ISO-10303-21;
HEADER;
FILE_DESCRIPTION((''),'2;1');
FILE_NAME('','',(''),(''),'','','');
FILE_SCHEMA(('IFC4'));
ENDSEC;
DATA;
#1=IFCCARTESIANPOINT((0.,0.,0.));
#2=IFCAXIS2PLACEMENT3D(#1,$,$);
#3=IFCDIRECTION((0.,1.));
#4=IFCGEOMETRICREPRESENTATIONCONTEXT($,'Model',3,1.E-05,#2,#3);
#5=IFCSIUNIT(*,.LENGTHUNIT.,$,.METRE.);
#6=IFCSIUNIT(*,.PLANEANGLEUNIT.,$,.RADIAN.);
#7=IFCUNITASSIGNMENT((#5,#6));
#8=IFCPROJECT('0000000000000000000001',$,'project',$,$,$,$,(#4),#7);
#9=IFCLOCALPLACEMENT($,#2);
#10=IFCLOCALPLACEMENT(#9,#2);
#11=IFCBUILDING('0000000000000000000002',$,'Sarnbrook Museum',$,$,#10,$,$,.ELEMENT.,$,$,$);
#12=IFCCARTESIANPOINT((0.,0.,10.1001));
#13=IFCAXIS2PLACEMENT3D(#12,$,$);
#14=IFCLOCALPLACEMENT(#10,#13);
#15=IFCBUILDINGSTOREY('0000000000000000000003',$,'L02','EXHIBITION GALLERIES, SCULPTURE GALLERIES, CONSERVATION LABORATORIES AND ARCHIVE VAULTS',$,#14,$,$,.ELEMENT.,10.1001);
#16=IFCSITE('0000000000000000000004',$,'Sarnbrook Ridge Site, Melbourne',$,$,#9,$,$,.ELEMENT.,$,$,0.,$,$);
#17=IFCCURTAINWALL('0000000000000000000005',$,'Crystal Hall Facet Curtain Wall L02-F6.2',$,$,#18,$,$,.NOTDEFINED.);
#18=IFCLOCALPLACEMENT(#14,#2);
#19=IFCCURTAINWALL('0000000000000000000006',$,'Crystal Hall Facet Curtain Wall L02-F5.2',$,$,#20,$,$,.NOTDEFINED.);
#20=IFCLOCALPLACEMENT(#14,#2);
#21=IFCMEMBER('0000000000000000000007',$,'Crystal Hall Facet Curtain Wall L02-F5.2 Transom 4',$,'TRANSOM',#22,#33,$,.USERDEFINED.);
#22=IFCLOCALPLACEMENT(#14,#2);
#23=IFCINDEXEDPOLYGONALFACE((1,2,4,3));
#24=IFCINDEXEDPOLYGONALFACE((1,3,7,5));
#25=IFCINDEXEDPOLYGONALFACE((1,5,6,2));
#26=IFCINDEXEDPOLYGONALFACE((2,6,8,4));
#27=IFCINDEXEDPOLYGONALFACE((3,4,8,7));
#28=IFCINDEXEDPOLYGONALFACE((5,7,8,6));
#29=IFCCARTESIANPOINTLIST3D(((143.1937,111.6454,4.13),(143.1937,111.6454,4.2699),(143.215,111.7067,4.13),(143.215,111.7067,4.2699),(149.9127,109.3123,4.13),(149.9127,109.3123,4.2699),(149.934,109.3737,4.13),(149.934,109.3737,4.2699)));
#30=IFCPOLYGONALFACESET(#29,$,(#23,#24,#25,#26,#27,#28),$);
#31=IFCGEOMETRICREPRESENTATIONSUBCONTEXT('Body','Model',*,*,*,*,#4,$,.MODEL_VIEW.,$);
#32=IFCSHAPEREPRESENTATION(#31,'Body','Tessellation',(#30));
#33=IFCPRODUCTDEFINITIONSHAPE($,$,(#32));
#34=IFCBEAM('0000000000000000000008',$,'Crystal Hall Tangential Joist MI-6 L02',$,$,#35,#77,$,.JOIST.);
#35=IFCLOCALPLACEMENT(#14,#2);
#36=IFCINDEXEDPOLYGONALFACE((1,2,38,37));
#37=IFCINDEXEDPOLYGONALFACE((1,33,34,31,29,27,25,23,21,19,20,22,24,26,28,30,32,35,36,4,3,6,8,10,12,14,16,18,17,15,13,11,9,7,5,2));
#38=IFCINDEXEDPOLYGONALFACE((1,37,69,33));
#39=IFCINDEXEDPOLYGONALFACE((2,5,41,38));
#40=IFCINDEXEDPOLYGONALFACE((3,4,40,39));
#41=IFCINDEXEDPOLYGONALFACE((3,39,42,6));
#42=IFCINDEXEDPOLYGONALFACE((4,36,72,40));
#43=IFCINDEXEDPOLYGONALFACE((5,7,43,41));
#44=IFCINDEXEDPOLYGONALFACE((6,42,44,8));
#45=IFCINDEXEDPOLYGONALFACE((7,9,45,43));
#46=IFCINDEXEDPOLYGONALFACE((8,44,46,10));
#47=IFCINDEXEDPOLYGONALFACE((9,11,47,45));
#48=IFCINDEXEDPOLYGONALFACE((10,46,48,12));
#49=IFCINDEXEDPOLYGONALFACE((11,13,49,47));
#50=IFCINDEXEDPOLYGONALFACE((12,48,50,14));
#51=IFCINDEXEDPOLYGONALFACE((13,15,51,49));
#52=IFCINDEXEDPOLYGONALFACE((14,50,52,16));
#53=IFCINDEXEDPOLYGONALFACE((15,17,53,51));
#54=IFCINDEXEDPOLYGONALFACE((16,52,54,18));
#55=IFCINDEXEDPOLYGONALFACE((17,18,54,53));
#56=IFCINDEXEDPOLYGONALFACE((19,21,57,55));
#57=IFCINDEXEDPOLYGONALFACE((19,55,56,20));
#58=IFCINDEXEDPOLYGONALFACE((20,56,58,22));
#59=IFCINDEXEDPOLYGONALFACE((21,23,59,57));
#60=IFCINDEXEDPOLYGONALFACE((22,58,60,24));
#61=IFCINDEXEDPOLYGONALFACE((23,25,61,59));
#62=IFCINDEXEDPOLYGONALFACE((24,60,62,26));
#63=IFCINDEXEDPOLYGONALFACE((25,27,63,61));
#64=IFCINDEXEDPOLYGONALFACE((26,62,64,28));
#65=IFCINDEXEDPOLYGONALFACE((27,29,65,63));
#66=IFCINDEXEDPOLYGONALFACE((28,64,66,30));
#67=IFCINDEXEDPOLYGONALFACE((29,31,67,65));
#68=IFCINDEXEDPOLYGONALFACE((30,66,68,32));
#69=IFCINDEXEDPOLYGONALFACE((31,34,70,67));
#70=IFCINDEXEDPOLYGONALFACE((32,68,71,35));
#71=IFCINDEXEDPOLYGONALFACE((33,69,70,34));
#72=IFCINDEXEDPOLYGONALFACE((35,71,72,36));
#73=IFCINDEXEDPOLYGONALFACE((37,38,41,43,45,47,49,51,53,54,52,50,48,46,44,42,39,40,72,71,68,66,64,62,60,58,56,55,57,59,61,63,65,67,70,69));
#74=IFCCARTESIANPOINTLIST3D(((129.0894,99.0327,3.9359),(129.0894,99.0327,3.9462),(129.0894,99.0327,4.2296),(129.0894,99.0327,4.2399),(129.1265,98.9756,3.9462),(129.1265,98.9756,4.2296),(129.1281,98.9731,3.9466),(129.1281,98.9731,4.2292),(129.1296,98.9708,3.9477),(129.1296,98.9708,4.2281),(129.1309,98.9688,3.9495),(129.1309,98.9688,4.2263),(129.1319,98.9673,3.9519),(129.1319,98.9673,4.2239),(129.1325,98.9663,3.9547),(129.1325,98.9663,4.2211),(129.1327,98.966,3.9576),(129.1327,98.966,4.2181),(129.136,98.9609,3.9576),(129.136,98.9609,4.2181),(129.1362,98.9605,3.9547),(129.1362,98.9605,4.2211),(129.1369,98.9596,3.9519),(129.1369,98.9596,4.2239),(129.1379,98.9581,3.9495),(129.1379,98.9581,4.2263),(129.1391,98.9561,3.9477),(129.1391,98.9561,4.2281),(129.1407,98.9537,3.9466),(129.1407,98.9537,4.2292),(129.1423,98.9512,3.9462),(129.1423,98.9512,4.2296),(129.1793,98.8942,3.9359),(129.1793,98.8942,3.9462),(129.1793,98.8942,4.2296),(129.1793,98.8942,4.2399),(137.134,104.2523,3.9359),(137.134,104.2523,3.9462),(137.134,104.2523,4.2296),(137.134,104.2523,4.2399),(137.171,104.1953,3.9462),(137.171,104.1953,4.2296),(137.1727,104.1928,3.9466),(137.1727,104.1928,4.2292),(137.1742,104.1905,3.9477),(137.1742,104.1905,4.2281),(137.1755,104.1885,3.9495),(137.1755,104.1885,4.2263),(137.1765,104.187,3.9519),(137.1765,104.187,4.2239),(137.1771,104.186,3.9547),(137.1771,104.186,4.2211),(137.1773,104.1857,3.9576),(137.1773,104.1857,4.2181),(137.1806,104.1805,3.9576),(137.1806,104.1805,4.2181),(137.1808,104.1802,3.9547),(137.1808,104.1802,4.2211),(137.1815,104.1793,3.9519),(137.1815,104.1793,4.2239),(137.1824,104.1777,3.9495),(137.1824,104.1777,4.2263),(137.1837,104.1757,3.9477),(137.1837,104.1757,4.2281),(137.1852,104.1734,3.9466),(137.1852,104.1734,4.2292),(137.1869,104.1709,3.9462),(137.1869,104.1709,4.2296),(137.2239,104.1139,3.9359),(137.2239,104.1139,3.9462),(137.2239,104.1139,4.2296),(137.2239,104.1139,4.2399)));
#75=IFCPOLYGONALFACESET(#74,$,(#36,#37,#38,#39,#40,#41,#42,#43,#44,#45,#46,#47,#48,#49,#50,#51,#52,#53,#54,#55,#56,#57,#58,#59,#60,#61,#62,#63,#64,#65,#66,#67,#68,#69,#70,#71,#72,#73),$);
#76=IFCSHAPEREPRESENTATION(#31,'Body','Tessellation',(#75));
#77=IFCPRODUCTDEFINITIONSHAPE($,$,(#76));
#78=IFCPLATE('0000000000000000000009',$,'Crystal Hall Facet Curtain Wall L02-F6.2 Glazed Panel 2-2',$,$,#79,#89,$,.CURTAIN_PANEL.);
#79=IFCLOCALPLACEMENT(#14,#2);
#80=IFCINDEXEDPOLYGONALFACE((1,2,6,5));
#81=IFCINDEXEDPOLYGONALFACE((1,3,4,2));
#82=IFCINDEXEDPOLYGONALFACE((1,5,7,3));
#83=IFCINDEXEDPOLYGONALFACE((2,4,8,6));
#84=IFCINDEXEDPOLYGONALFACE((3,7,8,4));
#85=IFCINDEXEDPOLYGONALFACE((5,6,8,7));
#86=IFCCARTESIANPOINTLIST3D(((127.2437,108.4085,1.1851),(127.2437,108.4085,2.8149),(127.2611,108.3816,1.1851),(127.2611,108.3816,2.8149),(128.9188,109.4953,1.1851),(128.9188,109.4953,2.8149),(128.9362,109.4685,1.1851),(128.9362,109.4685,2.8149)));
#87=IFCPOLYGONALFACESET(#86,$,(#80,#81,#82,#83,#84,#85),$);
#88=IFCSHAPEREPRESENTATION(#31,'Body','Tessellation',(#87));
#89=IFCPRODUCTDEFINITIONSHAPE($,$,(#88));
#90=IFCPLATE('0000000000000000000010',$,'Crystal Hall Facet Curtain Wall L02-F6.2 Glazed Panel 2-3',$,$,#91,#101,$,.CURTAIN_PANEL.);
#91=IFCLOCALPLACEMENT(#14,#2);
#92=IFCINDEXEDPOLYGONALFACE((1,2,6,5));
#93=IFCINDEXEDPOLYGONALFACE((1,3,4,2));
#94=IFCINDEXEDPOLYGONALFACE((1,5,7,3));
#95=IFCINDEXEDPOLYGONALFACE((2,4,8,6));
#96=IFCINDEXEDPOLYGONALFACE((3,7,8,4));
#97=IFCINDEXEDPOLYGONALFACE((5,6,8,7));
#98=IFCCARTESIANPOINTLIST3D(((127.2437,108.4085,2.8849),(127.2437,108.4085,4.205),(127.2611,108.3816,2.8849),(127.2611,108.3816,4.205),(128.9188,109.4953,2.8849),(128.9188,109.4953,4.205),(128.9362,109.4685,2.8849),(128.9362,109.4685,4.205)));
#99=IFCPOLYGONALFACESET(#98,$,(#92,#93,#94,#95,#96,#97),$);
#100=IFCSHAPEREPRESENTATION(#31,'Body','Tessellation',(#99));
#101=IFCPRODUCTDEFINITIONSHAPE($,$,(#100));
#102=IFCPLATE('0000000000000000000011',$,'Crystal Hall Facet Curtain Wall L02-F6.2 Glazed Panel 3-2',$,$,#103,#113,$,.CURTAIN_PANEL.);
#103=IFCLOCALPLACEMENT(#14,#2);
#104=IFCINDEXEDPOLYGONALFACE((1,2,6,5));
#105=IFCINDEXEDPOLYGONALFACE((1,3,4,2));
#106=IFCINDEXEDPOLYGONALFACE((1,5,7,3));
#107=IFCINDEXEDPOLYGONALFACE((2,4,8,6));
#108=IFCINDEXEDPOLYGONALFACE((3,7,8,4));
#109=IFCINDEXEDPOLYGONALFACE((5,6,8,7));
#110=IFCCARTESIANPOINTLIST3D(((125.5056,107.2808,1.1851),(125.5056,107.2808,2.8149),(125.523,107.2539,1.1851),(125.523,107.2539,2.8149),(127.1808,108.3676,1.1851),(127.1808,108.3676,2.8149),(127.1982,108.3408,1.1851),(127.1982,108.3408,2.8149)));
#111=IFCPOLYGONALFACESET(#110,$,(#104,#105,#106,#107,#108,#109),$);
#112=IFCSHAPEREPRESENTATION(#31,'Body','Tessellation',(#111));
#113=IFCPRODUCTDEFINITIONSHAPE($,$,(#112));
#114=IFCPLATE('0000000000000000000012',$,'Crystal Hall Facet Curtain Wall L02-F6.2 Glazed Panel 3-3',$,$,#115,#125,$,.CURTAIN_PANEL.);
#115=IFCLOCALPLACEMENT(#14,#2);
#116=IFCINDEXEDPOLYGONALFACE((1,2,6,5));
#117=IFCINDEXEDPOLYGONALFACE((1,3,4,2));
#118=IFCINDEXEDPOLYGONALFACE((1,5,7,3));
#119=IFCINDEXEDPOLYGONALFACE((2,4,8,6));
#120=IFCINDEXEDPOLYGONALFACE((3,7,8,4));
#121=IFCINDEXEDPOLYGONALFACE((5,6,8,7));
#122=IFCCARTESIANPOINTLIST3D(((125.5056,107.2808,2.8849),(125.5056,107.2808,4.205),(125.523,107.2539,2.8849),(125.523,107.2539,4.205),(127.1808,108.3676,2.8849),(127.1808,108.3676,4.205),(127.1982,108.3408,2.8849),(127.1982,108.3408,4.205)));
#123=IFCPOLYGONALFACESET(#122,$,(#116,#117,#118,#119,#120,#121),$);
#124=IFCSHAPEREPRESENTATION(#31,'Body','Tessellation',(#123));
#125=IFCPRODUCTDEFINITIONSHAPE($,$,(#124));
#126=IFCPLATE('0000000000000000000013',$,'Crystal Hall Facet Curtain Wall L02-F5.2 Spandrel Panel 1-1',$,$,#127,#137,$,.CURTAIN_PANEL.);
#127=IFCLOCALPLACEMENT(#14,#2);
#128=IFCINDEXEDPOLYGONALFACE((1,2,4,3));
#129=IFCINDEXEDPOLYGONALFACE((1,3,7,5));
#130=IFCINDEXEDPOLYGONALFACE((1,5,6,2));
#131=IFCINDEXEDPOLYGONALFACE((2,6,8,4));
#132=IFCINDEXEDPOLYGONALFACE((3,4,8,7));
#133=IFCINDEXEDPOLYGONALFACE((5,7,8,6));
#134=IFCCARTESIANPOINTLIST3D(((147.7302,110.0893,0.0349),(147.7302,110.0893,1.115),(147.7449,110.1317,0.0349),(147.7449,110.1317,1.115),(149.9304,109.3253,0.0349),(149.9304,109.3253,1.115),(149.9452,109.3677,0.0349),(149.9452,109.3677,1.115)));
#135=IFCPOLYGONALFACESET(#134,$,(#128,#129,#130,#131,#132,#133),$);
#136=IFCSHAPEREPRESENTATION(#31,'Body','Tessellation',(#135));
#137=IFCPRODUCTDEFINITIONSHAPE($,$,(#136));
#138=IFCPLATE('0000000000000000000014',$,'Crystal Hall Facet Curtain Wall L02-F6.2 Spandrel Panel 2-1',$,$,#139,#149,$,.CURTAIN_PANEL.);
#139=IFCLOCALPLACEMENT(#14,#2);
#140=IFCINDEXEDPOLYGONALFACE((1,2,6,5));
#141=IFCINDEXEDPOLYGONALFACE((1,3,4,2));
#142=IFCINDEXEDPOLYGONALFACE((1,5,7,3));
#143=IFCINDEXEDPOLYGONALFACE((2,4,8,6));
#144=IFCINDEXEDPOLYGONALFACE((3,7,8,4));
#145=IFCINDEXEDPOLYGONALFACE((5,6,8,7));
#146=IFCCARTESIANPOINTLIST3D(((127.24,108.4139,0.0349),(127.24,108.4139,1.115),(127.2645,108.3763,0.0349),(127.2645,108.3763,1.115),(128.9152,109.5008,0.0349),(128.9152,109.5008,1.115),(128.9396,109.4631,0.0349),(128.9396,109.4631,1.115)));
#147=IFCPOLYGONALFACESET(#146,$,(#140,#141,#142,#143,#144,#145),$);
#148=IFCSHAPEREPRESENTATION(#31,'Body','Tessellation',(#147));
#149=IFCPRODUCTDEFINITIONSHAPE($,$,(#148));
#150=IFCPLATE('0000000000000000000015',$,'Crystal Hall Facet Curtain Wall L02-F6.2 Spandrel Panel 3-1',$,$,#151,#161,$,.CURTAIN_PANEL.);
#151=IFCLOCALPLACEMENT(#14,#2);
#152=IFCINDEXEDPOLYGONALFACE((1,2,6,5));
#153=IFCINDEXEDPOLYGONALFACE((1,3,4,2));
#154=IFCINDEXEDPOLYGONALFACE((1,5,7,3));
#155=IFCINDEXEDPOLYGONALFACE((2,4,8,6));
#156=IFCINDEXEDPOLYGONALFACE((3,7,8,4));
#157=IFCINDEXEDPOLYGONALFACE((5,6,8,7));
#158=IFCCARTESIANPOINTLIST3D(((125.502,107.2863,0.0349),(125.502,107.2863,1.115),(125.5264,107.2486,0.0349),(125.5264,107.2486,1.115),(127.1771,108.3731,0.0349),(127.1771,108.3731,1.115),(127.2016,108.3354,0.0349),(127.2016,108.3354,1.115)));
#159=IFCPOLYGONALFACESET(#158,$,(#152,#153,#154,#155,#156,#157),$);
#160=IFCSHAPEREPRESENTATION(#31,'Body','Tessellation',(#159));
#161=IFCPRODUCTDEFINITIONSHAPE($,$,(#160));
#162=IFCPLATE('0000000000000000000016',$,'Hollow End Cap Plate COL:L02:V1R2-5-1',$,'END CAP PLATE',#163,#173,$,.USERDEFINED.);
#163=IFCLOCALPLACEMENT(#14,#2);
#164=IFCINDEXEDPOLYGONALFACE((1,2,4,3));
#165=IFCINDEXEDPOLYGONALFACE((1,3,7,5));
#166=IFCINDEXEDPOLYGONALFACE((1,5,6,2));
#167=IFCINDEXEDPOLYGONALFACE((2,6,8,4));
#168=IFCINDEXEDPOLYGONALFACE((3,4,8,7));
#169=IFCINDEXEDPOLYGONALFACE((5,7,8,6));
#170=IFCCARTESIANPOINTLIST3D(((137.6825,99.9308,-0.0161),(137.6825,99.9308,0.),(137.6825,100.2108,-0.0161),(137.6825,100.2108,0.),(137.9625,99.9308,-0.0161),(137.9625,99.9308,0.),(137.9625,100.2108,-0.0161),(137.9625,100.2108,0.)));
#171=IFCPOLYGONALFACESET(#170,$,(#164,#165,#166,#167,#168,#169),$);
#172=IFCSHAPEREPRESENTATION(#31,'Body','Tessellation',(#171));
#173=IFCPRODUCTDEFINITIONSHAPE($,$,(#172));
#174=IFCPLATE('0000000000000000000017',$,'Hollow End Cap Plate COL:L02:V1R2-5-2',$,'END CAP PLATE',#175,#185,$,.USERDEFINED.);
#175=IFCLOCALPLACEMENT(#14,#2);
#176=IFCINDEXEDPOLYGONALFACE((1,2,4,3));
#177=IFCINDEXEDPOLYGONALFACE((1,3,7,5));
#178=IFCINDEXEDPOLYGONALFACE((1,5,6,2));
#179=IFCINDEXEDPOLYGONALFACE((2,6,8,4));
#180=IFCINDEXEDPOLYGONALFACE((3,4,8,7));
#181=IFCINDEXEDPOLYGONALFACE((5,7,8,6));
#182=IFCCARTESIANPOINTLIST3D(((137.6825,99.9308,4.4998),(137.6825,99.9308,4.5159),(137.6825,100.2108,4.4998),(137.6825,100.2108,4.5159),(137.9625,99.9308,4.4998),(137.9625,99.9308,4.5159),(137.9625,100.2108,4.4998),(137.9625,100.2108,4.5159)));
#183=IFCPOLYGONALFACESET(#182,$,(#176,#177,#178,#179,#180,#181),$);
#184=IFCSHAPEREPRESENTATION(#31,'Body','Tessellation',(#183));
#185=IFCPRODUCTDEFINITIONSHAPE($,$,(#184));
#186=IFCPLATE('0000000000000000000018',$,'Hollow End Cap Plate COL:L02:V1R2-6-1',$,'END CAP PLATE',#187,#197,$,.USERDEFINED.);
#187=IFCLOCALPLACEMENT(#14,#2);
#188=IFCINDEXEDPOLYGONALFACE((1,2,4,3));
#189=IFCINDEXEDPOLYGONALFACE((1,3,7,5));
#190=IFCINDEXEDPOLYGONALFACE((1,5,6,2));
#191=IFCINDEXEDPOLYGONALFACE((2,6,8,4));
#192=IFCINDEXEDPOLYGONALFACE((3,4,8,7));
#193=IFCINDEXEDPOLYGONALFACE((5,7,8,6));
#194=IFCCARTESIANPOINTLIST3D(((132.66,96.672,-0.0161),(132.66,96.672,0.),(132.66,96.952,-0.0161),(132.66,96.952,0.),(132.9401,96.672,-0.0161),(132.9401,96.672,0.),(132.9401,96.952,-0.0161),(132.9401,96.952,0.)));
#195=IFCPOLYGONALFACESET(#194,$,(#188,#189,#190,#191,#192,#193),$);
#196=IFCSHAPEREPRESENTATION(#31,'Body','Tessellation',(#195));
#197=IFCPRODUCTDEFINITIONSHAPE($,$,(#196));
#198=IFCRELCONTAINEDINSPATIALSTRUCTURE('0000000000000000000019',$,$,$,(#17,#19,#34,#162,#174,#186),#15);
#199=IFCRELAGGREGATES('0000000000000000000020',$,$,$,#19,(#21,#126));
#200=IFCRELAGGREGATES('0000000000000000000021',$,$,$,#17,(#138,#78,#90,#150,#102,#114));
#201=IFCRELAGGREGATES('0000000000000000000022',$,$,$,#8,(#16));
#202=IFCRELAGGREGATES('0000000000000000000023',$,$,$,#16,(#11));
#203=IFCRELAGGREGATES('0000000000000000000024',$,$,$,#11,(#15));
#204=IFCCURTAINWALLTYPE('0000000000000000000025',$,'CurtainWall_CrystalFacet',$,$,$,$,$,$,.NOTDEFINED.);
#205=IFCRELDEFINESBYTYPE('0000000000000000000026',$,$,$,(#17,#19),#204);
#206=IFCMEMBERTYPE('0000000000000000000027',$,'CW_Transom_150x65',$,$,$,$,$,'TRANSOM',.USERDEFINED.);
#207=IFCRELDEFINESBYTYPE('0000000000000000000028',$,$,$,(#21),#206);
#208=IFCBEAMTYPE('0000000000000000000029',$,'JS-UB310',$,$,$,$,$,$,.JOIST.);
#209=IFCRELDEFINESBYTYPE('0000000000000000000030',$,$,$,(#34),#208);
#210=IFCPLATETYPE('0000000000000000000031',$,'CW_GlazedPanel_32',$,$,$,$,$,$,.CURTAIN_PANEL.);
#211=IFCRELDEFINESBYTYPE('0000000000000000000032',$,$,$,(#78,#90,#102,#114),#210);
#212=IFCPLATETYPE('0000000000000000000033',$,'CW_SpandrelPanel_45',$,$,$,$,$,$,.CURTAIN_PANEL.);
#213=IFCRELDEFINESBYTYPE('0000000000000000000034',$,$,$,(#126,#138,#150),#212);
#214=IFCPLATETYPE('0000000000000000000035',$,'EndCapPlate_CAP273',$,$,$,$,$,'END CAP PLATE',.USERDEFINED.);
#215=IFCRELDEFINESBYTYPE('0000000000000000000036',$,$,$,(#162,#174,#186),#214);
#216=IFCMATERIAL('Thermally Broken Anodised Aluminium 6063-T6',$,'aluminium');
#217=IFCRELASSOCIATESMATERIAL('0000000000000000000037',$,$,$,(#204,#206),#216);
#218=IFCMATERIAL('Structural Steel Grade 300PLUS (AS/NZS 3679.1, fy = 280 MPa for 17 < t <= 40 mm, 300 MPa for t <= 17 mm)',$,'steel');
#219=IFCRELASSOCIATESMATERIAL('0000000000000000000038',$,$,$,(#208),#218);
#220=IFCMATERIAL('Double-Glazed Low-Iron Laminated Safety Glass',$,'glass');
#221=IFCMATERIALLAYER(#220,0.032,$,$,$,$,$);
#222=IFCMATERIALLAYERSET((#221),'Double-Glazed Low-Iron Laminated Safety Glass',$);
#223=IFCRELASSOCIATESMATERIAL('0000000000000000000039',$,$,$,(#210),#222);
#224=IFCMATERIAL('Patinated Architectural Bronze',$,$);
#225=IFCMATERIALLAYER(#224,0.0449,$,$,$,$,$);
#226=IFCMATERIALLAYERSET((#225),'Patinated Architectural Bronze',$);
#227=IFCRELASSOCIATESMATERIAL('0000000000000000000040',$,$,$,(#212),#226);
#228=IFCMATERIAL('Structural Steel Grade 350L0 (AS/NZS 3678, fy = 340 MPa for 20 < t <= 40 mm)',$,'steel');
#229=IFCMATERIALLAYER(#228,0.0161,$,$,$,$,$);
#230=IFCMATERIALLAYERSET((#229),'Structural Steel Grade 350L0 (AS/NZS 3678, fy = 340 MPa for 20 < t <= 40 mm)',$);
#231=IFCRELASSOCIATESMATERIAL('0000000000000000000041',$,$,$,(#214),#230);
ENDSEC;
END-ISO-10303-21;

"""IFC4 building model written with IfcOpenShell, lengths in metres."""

from ifc_helpers import new_model, si_unit, direction, frame, origin, origin_2d, place, context, subcontext, project, spatial, rectangle, i_section, extrude, material, layer, layer_set, material_profile, profile_set, type_object, element, aggregate, save


model = new_model("IFC4")

# Units and contexts
model_context = context("Model", 3, precision=1e-05, world=origin(), true_north=direction((0.0, 1.0)))
body_context = subcontext(model_context, "Body", "Model", "MODEL_VIEW")
ifc_project = project(units=[si_unit("LENGTHUNIT", "METRE"), si_unit("PLANEANGLEUNIT", "RADIAN")], contexts=[model_context])

# Site, building, storey
site_placement = place(None, origin())
site = spatial("IfcSite", under=ifc_project, at=site_placement, Name="Sarnbrook Ridge Site, Melbourne", CompositionType="ELEMENT", RefElevation=0.0)
building_placement = place(site_placement, origin())
building = spatial("IfcBuilding", under=site, at=building_placement, Name="Sarnbrook Museum", CompositionType="ELEMENT")
storey_placement = place(building_placement, frame((0.0, 0.0, 10.1001)))
storey = spatial("IfcBuildingStorey", under=building, at=storey_placement, Name="L02", Description="EXHIBITION GALLERIES, SCULPTURE GALLERIES, CONSERVATION LABORATORIES AND ARCHIVE VAULTS", CompositionType="ELEMENT", Elevation=10.1001)

# Shared definitions
ifc_material_1 = material(Name="Structural Steel Grade 350L0 (AS/NZS 3678, fy = 340 MPa for 20 < t <= 40 mm)", Category="steel")

# Shared definitions
ifc_material_2 = material(Name="Structural Steel Grade 300PLUS (AS/NZS 3679.1, fy = 280 MPa for 17 < t <= 40 mm, 300 MPa for t <= 17 mm)", Category="steel")

# Curtain walls, member
ifc_material_3 = material(Name="Thermally Broken Anodised Aluminium 6063-T6", Category="aluminium")
curtain_wall_type = type_object("IfcCurtainWallType", Name="CurtainWall_CrystalFacet", PredefinedType="NOTDEFINED", material=ifc_material_3)
curtain_wall_1_placement = place(storey_placement, origin())
curtain_wall_1 = element("IfcCurtainWall", 1, at=curtain_wall_1_placement, inside=storey, type_object=curtain_wall_type, Name="Crystal Hall Facet Curtain Wall L02-F6.2", PredefinedType="NOTDEFINED")
curtain_wall_2_placement = place(storey_placement, origin())
curtain_wall_2 = element("IfcCurtainWall", 2, at=curtain_wall_2_placement, inside=storey, type_object=curtain_wall_type, Name="Crystal Hall Facet Curtain Wall L02-F5.2", PredefinedType="NOTDEFINED")
ifc_material_profile_1 = material_profile(ifc_material_3, rectangle(XDim=0.0649, YDim=0.1399, at=origin_2d()), Name="ALU TRANSOM 65x140")
ifc_profile_set_1 = profile_set([ifc_material_profile_1], Name="Thermally Broken Anodised Aluminium 6063-T6")
member_type_1 = type_object("IfcMemberType", Name="CW_Transom_150x65", ElementType="TRANSOM", PredefinedType="USERDEFINED", material=ifc_profile_set_1)
member_1_placement = place(storey_placement, frame((149.9233, 109.343, 4.2), z_axis=(-0.944673, 0.328015, 0.0), x_axis=(-0.328015, -0.944673, 0.0)))
member_1 = element("IfcMember", 3, at=member_1_placement, type_object=member_type_1, Name="Crystal Hall Facet Curtain Wall L02-F5.2 Transom 4", ObjectType="TRANSOM", PredefinedType="USERDEFINED", context=body_context, shape_type="SweptSolid", body=[
    extrude(rectangle(XDim=0.0649, YDim=0.1399, at=origin_2d()), origin(), (0.0, 0.0, 1.0), 7.1125),
])

# Beam
ifc_material_profile_2 = material_profile(ifc_material_2, i_section(OverallWidth=0.165, OverallDepth=0.304, WebThickness=0.0061, FlangeThickness=0.0103, FilletRadius=0.0115, at=origin_2d()), Name="310UB40.4")
ifc_profile_set_2 = profile_set([ifc_material_profile_2], Name="Structural Steel Grade 300PLUS (AS/NZS 3679.1, fy = 280 MPa for 17 < t <= 40 mm, 300 MPa for t <= 17 mm)")
beam_type_1 = type_object("IfcBeamType", Name="JS-UB310", PredefinedType="JOIST", material=ifc_profile_set_2)
beam_1_placement = place(storey_placement, frame((137.179, 104.1831, 4.0879), z_axis=(-0.838887, -0.544305, 0.0), x_axis=(0.544305, -0.838887, 0.0)))
element("IfcBeam", 4, at=beam_1_placement, inside=storey, type_object=beam_type_1, Name="Crystal Hall Tangential Joist MI-6 L02", PredefinedType="JOIST", context=body_context, shape_type="SweptSolid", body=[
    extrude(i_section(OverallWidth=0.165, OverallDepth=0.304, WebThickness=0.0061, FlangeThickness=0.0103, FilletRadius=0.0115, at=origin_2d()), origin(), (0.0, 0.0, 1.0), 9.5896),
])

# Plates
ifc_material_4 = material(Name="Double-Glazed Low-Iron Laminated Safety Glass", Category="glass")
ifc_layer_1 = layer(ifc_material_4, 0.032)
ifc_layer_set_1 = layer_set([ifc_layer_1], Name="Double-Glazed Low-Iron Laminated Safety Glass")
plate_type_1 = type_object("IfcPlateType", Name="CW_GlazedPanel_32", PredefinedType="CURTAIN_PANEL", material=ifc_layer_set_1)
plate_1_placement = place(storey_placement, frame((128.0986, 108.925, 2.0), z_axis=(-0.544284, 0.838901, 0.0), x_axis=(-0.838901, -0.544284, 0.0)))
plate_1 = element("IfcPlate", 5, at=plate_1_placement, type_object=plate_type_1, Name="Crystal Hall Facet Curtain Wall L02-F6.2 Glazed Panel 2-2", PredefinedType="CURTAIN_PANEL", context=body_context, shape_type="SweptSolid", body=[
    extrude(rectangle(XDim=1.9968, YDim=1.6299, at=origin_2d()), origin(), (0.0, 0.0, 1.0), 0.032),
])
plate_2_placement = place(storey_placement, frame((128.0986, 108.925, 3.5449), z_axis=(-0.544284, 0.838901, 0.0), x_axis=(-0.838901, -0.544284, 0.0)))
plate_2 = element("IfcPlate", 6, at=plate_2_placement, type_object=plate_type_1, Name="Crystal Hall Facet Curtain Wall L02-F6.2 Glazed Panel 2-3", PredefinedType="CURTAIN_PANEL", context=body_context, shape_type="SweptSolid", body=[
    extrude(rectangle(XDim=1.9968, YDim=1.3201, at=origin_2d()), origin(), (0.0, 0.0, 1.0), 0.032),
])
plate_3_placement = place(storey_placement, frame((126.3606, 107.7974, 2.0), z_axis=(-0.544284, 0.838901, 0.0), x_axis=(-0.838901, -0.544284, 0.0)))
plate_3 = element("IfcPlate", 7, at=plate_3_placement, type_object=plate_type_1, Name="Crystal Hall Facet Curtain Wall L02-F6.2 Glazed Panel 3-2", PredefinedType="CURTAIN_PANEL", context=body_context, shape_type="SweptSolid", body=[
    extrude(rectangle(XDim=1.9968, YDim=1.6299, at=origin_2d()), origin(), (0.0, 0.0, 1.0), 0.032),
])
plate_4_placement = place(storey_placement, frame((126.3606, 107.7974, 3.5449), z_axis=(-0.544284, 0.838901, 0.0), x_axis=(-0.838901, -0.544284, 0.0)))
plate_4 = element("IfcPlate", 8, at=plate_4_placement, type_object=plate_type_1, Name="Crystal Hall Facet Curtain Wall L02-F6.2 Glazed Panel 3-3", PredefinedType="CURTAIN_PANEL", context=body_context, shape_type="SweptSolid", body=[
    extrude(rectangle(XDim=1.9968, YDim=1.3201, at=origin_2d()), origin(), (0.0, 0.0, 1.0), 0.032),
])
ifc_material_5 = material(Name="Patinated Architectural Bronze")
ifc_layer_2 = layer(ifc_material_5, 0.0449)
ifc_layer_set_2 = layer_set([ifc_layer_2], Name="Patinated Architectural Bronze")
plate_type_2 = type_object("IfcPlateType", Name="CW_SpandrelPanel_45", PredefinedType="CURTAIN_PANEL", material=ifc_layer_set_2)
plate_5_placement = place(storey_placement, frame((148.8303, 109.7073, 0.575), z_axis=(0.328013, 0.944673, 0.0), x_axis=(-0.944673, 0.328013, 0.0)))
plate_5 = element("IfcPlate", 9, at=plate_5_placement, type_object=plate_type_2, Name="Crystal Hall Facet Curtain Wall L02-F5.2 Spandrel Panel 1-1", PredefinedType="CURTAIN_PANEL", context=body_context, shape_type="SweptSolid", body=[
    extrude(rectangle(XDim=2.3291, YDim=1.0801, at=origin_2d()), origin(), (0.0, 0.0, 1.0), 0.0449),
])
aggregate(curtain_wall_2, [member_1, plate_5])
plate_6_placement = place(storey_placement, frame((128.1021, 108.9197, 0.575), z_axis=(-0.544284, 0.838901, 0.0), x_axis=(-0.838901, -0.544284, 0.0)))
plate_6 = element("IfcPlate", 10, at=plate_6_placement, type_object=plate_type_2, Name="Crystal Hall Facet Curtain Wall L02-F6.2 Spandrel Panel 2-1", PredefinedType="CURTAIN_PANEL", context=body_context, shape_type="SweptSolid", body=[
    extrude(rectangle(XDim=1.9968, YDim=1.0801, at=origin_2d()), origin(), (0.0, 0.0, 1.0), 0.0449),
])
plate_7_placement = place(storey_placement, frame((126.364, 107.792, 0.575), z_axis=(-0.544284, 0.838901, 0.0), x_axis=(-0.838901, -0.544284, 0.0)))
plate_7 = element("IfcPlate", 11, at=plate_7_placement, type_object=plate_type_2, Name="Crystal Hall Facet Curtain Wall L02-F6.2 Spandrel Panel 3-1", PredefinedType="CURTAIN_PANEL", context=body_context, shape_type="SweptSolid", body=[
    extrude(rectangle(XDim=1.9968, YDim=1.0801, at=origin_2d()), origin(), (0.0, 0.0, 1.0), 0.0449),
])
aggregate(curtain_wall_1, [plate_6, plate_1, plate_2, plate_7, plate_3, plate_4])

# Plates
ifc_layer_3 = layer(ifc_material_1, 0.0161)
ifc_layer_set_3 = layer_set([ifc_layer_3], Name="Structural Steel Grade 350L0 (AS/NZS 3678, fy = 340 MPa for 20 < t <= 40 mm)")
plate_type_3 = type_object("IfcPlateType", Name="EndCapPlate_CAP273", ElementType="END CAP PLATE", PredefinedType="USERDEFINED", material=ifc_layer_set_3)
for number, where, z_axis, x_axis, name in (
    (12, (137.8225, 100.0708, -0.0161), (0.0, 0.0, 1.0), (1.0, 0.0, 0.0), "Hollow End Cap Plate COL:L02:V1R2-5-1"),
    (13, (137.8225, 100.0708, 4.4998), (0.0, 0.0, 1.0), (1.0, 0.0, 0.0), "Hollow End Cap Plate COL:L02:V1R2-5-2"),
    (14, (132.8, 96.812, -0.0161), (0.0, 0.0, 1.0), (1.0, 0.0, 0.0), "Hollow End Cap Plate COL:L02:V1R2-6-1"),
):
    element("IfcPlate", number, at=place(storey_placement, frame(where, z_axis=z_axis, x_axis=x_axis)), inside=storey, type_object=plate_type_3, Name=name, ObjectType="END CAP PLATE", PredefinedType="USERDEFINED", context=body_context, shape_type="SweptSolid", body=[
        extrude(rectangle(XDim=0.28, YDim=0.28, at=origin_2d()), origin(), (0.0, 0.0, 1.0), 0.0161),
    ])

save(model, "model.ifc")
